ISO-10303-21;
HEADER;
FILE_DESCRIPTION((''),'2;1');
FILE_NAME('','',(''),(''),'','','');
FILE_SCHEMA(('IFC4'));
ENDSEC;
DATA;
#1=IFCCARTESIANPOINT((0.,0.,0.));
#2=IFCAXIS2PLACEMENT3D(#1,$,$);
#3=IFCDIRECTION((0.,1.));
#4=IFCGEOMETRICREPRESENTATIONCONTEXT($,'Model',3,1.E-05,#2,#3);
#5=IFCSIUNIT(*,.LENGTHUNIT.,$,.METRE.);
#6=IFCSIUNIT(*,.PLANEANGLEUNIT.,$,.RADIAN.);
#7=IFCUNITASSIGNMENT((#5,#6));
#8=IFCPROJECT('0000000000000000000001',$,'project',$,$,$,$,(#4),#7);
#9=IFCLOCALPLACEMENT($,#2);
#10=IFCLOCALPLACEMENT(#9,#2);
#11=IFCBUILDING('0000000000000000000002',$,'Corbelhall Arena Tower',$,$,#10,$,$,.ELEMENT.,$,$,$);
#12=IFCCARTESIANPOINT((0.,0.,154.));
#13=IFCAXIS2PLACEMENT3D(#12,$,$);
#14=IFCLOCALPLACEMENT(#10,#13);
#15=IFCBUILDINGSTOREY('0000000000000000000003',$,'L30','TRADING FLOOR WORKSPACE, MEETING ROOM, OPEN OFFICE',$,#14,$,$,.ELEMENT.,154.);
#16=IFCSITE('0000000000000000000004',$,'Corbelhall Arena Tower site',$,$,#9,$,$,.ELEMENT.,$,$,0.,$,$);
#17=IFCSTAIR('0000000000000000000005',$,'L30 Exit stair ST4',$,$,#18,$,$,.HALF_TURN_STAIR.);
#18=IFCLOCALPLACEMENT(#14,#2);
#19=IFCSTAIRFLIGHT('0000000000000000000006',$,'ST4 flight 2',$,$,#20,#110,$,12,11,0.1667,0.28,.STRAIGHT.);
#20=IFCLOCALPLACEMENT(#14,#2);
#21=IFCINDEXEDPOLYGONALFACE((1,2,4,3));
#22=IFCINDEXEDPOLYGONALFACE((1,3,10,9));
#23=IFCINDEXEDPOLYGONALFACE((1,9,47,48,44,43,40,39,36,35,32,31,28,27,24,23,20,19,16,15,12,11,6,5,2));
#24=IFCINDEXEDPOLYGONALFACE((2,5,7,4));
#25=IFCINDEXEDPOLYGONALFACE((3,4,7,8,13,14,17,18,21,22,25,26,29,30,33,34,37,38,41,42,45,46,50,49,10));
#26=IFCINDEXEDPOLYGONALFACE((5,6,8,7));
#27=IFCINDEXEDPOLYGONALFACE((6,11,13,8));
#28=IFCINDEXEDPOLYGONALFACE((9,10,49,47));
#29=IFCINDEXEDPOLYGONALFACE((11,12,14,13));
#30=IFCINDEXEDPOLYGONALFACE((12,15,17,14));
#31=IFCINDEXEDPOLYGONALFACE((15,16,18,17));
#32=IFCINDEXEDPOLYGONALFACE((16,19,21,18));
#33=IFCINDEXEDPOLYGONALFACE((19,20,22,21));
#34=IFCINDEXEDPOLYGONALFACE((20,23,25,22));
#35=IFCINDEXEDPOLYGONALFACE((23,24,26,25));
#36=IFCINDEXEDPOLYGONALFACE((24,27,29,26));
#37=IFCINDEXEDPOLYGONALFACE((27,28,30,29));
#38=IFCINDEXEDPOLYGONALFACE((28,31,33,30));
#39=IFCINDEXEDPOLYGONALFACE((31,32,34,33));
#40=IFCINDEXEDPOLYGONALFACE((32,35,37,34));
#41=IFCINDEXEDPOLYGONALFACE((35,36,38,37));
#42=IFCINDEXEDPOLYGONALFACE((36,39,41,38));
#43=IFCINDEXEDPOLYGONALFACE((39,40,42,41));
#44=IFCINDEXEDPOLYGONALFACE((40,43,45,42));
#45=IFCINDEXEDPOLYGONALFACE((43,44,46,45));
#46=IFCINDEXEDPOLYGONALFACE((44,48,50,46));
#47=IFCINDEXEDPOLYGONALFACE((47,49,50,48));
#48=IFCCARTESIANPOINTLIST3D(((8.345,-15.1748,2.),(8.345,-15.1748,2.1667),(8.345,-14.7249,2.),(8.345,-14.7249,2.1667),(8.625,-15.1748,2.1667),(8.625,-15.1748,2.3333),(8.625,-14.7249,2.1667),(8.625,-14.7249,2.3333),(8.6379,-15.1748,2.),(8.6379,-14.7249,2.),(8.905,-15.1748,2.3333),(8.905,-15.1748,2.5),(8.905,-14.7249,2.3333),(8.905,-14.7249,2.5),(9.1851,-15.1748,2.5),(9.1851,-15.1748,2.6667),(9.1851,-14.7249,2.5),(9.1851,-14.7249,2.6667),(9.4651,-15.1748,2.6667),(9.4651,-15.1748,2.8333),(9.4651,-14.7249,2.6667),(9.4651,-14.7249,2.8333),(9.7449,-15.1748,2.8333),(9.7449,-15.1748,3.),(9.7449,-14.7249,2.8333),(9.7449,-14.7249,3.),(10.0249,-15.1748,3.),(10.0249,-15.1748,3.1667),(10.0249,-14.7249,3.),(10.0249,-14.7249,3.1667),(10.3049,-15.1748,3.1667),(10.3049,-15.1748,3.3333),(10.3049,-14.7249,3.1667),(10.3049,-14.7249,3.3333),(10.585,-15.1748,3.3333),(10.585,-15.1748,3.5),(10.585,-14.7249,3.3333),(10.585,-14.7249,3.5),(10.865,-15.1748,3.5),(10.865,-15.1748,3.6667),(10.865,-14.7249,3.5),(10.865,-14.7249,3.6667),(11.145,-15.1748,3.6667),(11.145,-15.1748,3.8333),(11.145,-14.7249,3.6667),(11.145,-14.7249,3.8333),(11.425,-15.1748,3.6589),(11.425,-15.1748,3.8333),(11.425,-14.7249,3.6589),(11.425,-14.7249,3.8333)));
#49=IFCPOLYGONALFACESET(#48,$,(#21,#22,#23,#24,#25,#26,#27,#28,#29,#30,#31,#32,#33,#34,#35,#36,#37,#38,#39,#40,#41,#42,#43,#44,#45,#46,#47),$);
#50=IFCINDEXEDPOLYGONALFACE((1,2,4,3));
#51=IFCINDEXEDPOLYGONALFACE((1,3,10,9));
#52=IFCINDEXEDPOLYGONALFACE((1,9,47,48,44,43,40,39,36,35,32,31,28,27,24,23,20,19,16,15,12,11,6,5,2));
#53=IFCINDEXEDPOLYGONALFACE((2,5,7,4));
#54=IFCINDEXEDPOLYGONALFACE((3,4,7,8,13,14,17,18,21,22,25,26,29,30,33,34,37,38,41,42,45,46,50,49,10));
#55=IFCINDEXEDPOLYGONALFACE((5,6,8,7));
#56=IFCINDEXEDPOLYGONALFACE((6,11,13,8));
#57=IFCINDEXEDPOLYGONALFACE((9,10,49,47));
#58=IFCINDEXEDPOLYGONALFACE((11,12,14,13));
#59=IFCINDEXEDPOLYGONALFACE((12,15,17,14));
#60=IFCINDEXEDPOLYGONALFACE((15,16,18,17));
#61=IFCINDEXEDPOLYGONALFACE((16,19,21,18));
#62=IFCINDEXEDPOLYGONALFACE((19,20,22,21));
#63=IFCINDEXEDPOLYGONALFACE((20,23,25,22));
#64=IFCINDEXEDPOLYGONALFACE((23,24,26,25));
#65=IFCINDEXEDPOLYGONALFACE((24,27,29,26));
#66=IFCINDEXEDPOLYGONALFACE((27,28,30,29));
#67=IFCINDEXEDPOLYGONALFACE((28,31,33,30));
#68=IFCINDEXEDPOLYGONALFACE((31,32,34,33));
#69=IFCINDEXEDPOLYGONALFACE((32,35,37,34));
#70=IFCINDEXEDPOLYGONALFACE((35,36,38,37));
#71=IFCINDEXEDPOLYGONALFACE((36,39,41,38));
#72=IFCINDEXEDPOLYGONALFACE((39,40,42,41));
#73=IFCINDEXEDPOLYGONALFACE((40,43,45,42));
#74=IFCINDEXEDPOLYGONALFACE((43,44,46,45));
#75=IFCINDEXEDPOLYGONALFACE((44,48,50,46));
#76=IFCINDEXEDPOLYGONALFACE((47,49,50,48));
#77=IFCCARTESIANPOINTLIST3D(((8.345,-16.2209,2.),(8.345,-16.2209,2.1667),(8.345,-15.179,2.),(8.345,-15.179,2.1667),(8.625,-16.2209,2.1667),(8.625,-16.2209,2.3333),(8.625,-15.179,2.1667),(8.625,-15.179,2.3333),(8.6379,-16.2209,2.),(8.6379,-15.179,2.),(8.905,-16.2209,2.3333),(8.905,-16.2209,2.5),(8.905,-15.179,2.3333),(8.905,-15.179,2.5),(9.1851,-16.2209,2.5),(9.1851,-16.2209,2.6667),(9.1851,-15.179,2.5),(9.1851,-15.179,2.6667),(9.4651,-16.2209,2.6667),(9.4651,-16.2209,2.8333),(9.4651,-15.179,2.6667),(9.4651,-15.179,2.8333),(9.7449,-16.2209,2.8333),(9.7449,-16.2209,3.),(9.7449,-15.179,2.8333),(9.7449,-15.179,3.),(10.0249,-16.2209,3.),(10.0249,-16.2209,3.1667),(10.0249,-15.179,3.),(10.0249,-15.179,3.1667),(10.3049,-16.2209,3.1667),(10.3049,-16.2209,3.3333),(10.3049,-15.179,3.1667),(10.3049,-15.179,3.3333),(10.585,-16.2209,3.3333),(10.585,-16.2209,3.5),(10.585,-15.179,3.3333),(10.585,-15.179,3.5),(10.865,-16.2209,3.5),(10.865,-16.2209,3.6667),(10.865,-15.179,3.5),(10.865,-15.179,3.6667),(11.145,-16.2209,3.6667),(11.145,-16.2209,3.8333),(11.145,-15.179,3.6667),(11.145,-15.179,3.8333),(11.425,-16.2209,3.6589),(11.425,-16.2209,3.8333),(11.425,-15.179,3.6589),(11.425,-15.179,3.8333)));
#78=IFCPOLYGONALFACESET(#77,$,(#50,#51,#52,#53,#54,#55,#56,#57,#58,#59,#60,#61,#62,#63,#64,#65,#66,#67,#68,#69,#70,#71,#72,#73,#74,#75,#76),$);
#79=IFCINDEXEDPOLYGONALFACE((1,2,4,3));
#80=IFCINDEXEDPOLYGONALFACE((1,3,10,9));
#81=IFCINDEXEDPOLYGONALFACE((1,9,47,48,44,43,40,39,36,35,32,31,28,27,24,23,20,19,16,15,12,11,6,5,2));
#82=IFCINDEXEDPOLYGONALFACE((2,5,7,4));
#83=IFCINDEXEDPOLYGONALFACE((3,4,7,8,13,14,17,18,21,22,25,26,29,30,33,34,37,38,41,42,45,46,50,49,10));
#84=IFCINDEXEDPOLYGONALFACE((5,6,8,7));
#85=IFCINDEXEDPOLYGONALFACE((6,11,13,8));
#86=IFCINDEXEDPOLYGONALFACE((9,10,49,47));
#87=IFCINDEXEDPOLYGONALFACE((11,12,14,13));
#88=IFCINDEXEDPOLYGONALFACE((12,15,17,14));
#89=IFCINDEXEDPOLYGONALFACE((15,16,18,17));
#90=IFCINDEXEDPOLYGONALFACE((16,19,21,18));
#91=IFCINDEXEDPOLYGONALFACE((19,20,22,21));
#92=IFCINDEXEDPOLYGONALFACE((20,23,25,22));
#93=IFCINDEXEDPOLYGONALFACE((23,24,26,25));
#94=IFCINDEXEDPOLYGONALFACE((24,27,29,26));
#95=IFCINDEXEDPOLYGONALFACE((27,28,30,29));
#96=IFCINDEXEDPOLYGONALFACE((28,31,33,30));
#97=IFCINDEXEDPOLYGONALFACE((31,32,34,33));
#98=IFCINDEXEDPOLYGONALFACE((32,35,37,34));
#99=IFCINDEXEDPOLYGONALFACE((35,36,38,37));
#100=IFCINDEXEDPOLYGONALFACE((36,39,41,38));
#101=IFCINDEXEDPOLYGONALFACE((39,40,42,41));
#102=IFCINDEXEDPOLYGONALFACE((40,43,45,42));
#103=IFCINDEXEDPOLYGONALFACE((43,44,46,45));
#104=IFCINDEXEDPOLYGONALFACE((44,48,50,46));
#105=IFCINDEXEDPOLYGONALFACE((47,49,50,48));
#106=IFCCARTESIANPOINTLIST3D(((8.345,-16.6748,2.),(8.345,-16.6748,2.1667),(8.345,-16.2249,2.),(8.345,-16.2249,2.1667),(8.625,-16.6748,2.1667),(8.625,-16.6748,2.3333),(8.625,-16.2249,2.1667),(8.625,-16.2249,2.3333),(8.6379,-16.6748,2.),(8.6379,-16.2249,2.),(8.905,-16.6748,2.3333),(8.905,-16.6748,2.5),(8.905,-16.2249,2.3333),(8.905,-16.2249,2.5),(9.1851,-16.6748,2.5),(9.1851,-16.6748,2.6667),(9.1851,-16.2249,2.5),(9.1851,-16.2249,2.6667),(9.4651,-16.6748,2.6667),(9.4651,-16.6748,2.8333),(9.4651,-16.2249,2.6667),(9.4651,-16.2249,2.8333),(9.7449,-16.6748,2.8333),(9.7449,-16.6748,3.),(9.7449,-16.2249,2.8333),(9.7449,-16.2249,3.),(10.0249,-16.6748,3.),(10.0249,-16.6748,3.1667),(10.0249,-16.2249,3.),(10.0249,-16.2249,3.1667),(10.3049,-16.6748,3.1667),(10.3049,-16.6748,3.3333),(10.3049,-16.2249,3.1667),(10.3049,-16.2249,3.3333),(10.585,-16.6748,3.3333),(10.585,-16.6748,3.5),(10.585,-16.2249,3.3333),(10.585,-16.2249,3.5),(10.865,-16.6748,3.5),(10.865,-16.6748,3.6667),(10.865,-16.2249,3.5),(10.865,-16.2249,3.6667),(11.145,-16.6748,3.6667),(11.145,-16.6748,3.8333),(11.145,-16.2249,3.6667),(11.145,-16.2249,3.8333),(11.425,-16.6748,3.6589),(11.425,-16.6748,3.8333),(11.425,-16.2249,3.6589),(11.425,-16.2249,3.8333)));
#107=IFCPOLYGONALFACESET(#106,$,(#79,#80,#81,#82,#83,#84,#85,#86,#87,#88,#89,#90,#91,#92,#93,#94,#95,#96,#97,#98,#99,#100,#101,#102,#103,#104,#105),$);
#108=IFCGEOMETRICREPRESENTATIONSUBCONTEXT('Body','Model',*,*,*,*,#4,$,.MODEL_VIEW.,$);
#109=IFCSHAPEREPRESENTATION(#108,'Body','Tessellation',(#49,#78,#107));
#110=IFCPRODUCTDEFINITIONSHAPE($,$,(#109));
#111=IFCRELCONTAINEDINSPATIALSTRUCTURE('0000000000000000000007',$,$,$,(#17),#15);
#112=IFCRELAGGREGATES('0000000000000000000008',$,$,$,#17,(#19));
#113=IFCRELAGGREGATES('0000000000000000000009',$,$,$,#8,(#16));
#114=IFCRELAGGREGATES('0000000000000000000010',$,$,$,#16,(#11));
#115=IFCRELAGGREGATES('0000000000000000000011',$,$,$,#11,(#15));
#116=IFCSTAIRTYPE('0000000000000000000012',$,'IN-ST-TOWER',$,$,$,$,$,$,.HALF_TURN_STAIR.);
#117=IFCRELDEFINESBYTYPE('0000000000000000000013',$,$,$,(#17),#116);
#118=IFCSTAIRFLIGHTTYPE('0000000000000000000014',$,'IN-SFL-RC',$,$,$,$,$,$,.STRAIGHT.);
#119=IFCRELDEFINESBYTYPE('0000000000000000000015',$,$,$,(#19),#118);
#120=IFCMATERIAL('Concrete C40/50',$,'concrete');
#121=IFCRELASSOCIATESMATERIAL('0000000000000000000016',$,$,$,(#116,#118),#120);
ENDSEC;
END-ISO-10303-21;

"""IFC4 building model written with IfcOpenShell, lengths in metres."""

from ifc_helpers import new_model, si_unit, direction, frame, origin, place, context, subcontext, project, spatial, polyline, outline, extrude, material, type_object, element, aggregate, save


model = new_model("IFC4")

# Units and contexts
model_context = context("Model", 3, precision=1e-05, world=origin(), true_north=direction((0.0, 1.0)))
body_context = subcontext(model_context, "Body", "Model", "MODEL_VIEW")
ifc_project = project(units=[si_unit("LENGTHUNIT", "METRE"), si_unit("PLANEANGLEUNIT", "RADIAN")], contexts=[model_context])

# Site, building, storey
site_placement = place(None, origin())
site = spatial("IfcSite", under=ifc_project, at=site_placement, Name="Corbelhall Arena Tower site", CompositionType="ELEMENT", RefElevation=0.0)
building_placement = place(site_placement, origin())
building = spatial("IfcBuilding", under=site, at=building_placement, Name="Corbelhall Arena Tower", CompositionType="ELEMENT")
storey_placement = place(building_placement, frame((0.0, 0.0, 154.0)))
storey = spatial("IfcBuildingStorey", under=building, at=storey_placement, Name="L30", Description="TRADING FLOOR WORKSPACE, MEETING ROOM, OPEN OFFICE", CompositionType="ELEMENT", Elevation=154.0)

# Shared definitions
ifc_material_1 = material(Name="Concrete C40/50", Category="concrete")

# Stair, stair flight
stair_type = type_object("IfcStairType", Name="IN-ST-TOWER", PredefinedType="HALF_TURN_STAIR", material=ifc_material_1)
stair_placement = place(storey_placement, origin())
stair = element("IfcStair", 1, at=stair_placement, inside=storey, type_object=stair_type, Name="L30 Exit stair ST4", PredefinedType="HALF_TURN_STAIR")
stair_flight_type = type_object("IfcStairFlightType", Name="IN-SFL-RC", PredefinedType="STRAIGHT", material=ifc_material_1)
stair_flight_placement = place(storey_placement, frame((8.345, -15.7, 2.0), z_axis=(0.0, 0.0, 1.0), x_axis=(1.0, 0.0, 0.0)))
stair_flight = element("IfcStairFlight", 2, at=stair_flight_placement, type_object=stair_flight_type, Name="ST4 flight 2", NumberOfRisers=12, NumberOfTreads=11, PredefinedType="STRAIGHT", RiserHeight=0.1667, TreadLength=0.28, context=body_context, shape_type="SweptSolid", body=[
    extrude(outline(polyline([(0.0, 0.0), (0.0, 0.1667), (0.28, 0.1667), (0.28, 0.3333), (0.5601, 0.3333), (0.5601, 0.5), (0.8401, 0.5), (0.8401, 0.6667), (1.1201, 0.6667), (1.1201, 0.8333), (1.3999, 0.8333), (1.3999, 1.0), (1.6799, 1.0), (1.6799, 1.1667), (1.96, 1.1667), (1.96, 1.3333), (2.24, 1.3333), (2.24, 1.5), (2.52, 1.5), (2.52, 1.6667), (2.8, 1.6667), (2.8, 1.8333), (3.0801, 1.8333), (3.0801, 2.0), (3.0801, 1.6589), (0.293, 0.0), (0.0, 0.0)])), frame((0.0, 0.9751, 0.0), z_axis=(0.0, -1.0, 0.0), x_axis=(1.0, 0.0, 0.0)), (0.0, 0.0, 1.0), 0.45),
    extrude(outline(polyline([(0.0, 0.0), (0.0, 0.1667), (0.28, 0.1667), (0.28, 0.3333), (0.5601, 0.3333), (0.5601, 0.5), (0.8401, 0.5), (0.8401, 0.6667), (1.1201, 0.6667), (1.1201, 0.8333), (1.3999, 0.8333), (1.3999, 1.0), (1.6799, 1.0), (1.6799, 1.1667), (1.96, 1.1667), (1.96, 1.3333), (2.24, 1.3333), (2.24, 1.5), (2.52, 1.5), (2.52, 1.6667), (2.8, 1.6667), (2.8, 1.8333), (3.0801, 1.8333), (3.0801, 2.0), (3.0801, 1.6589), (0.293, 0.0), (0.0, 0.0)])), frame((0.0, 0.521, 0.0), z_axis=(0.0, -1.0, 0.0), x_axis=(1.0, 0.0, 0.0)), (0.0, 0.0, 1.0), 1.042),
    extrude(outline(polyline([(0.0, 0.0), (0.0, 0.1667), (0.28, 0.1667), (0.28, 0.3333), (0.5601, 0.3333), (0.5601, 0.5), (0.8401, 0.5), (0.8401, 0.6667), (1.1201, 0.6667), (1.1201, 0.8333), (1.3999, 0.8333), (1.3999, 1.0), (1.6799, 1.0), (1.6799, 1.1667), (1.96, 1.1667), (1.96, 1.3333), (2.24, 1.3333), (2.24, 1.5), (2.52, 1.5), (2.52, 1.6667), (2.8, 1.6667), (2.8, 1.8333), (3.0801, 1.8333), (3.0801, 2.0), (3.0801, 1.6589), (0.293, 0.0), (0.0, 0.0)])), frame((0.0, -0.5249, 0.0), z_axis=(0.0, -1.0, 0.0), x_axis=(1.0, 0.0, 0.0)), (0.0, 0.0, 1.0), 0.45),
])
aggregate(stair, [stair_flight])

save(model, "model.ifc")
